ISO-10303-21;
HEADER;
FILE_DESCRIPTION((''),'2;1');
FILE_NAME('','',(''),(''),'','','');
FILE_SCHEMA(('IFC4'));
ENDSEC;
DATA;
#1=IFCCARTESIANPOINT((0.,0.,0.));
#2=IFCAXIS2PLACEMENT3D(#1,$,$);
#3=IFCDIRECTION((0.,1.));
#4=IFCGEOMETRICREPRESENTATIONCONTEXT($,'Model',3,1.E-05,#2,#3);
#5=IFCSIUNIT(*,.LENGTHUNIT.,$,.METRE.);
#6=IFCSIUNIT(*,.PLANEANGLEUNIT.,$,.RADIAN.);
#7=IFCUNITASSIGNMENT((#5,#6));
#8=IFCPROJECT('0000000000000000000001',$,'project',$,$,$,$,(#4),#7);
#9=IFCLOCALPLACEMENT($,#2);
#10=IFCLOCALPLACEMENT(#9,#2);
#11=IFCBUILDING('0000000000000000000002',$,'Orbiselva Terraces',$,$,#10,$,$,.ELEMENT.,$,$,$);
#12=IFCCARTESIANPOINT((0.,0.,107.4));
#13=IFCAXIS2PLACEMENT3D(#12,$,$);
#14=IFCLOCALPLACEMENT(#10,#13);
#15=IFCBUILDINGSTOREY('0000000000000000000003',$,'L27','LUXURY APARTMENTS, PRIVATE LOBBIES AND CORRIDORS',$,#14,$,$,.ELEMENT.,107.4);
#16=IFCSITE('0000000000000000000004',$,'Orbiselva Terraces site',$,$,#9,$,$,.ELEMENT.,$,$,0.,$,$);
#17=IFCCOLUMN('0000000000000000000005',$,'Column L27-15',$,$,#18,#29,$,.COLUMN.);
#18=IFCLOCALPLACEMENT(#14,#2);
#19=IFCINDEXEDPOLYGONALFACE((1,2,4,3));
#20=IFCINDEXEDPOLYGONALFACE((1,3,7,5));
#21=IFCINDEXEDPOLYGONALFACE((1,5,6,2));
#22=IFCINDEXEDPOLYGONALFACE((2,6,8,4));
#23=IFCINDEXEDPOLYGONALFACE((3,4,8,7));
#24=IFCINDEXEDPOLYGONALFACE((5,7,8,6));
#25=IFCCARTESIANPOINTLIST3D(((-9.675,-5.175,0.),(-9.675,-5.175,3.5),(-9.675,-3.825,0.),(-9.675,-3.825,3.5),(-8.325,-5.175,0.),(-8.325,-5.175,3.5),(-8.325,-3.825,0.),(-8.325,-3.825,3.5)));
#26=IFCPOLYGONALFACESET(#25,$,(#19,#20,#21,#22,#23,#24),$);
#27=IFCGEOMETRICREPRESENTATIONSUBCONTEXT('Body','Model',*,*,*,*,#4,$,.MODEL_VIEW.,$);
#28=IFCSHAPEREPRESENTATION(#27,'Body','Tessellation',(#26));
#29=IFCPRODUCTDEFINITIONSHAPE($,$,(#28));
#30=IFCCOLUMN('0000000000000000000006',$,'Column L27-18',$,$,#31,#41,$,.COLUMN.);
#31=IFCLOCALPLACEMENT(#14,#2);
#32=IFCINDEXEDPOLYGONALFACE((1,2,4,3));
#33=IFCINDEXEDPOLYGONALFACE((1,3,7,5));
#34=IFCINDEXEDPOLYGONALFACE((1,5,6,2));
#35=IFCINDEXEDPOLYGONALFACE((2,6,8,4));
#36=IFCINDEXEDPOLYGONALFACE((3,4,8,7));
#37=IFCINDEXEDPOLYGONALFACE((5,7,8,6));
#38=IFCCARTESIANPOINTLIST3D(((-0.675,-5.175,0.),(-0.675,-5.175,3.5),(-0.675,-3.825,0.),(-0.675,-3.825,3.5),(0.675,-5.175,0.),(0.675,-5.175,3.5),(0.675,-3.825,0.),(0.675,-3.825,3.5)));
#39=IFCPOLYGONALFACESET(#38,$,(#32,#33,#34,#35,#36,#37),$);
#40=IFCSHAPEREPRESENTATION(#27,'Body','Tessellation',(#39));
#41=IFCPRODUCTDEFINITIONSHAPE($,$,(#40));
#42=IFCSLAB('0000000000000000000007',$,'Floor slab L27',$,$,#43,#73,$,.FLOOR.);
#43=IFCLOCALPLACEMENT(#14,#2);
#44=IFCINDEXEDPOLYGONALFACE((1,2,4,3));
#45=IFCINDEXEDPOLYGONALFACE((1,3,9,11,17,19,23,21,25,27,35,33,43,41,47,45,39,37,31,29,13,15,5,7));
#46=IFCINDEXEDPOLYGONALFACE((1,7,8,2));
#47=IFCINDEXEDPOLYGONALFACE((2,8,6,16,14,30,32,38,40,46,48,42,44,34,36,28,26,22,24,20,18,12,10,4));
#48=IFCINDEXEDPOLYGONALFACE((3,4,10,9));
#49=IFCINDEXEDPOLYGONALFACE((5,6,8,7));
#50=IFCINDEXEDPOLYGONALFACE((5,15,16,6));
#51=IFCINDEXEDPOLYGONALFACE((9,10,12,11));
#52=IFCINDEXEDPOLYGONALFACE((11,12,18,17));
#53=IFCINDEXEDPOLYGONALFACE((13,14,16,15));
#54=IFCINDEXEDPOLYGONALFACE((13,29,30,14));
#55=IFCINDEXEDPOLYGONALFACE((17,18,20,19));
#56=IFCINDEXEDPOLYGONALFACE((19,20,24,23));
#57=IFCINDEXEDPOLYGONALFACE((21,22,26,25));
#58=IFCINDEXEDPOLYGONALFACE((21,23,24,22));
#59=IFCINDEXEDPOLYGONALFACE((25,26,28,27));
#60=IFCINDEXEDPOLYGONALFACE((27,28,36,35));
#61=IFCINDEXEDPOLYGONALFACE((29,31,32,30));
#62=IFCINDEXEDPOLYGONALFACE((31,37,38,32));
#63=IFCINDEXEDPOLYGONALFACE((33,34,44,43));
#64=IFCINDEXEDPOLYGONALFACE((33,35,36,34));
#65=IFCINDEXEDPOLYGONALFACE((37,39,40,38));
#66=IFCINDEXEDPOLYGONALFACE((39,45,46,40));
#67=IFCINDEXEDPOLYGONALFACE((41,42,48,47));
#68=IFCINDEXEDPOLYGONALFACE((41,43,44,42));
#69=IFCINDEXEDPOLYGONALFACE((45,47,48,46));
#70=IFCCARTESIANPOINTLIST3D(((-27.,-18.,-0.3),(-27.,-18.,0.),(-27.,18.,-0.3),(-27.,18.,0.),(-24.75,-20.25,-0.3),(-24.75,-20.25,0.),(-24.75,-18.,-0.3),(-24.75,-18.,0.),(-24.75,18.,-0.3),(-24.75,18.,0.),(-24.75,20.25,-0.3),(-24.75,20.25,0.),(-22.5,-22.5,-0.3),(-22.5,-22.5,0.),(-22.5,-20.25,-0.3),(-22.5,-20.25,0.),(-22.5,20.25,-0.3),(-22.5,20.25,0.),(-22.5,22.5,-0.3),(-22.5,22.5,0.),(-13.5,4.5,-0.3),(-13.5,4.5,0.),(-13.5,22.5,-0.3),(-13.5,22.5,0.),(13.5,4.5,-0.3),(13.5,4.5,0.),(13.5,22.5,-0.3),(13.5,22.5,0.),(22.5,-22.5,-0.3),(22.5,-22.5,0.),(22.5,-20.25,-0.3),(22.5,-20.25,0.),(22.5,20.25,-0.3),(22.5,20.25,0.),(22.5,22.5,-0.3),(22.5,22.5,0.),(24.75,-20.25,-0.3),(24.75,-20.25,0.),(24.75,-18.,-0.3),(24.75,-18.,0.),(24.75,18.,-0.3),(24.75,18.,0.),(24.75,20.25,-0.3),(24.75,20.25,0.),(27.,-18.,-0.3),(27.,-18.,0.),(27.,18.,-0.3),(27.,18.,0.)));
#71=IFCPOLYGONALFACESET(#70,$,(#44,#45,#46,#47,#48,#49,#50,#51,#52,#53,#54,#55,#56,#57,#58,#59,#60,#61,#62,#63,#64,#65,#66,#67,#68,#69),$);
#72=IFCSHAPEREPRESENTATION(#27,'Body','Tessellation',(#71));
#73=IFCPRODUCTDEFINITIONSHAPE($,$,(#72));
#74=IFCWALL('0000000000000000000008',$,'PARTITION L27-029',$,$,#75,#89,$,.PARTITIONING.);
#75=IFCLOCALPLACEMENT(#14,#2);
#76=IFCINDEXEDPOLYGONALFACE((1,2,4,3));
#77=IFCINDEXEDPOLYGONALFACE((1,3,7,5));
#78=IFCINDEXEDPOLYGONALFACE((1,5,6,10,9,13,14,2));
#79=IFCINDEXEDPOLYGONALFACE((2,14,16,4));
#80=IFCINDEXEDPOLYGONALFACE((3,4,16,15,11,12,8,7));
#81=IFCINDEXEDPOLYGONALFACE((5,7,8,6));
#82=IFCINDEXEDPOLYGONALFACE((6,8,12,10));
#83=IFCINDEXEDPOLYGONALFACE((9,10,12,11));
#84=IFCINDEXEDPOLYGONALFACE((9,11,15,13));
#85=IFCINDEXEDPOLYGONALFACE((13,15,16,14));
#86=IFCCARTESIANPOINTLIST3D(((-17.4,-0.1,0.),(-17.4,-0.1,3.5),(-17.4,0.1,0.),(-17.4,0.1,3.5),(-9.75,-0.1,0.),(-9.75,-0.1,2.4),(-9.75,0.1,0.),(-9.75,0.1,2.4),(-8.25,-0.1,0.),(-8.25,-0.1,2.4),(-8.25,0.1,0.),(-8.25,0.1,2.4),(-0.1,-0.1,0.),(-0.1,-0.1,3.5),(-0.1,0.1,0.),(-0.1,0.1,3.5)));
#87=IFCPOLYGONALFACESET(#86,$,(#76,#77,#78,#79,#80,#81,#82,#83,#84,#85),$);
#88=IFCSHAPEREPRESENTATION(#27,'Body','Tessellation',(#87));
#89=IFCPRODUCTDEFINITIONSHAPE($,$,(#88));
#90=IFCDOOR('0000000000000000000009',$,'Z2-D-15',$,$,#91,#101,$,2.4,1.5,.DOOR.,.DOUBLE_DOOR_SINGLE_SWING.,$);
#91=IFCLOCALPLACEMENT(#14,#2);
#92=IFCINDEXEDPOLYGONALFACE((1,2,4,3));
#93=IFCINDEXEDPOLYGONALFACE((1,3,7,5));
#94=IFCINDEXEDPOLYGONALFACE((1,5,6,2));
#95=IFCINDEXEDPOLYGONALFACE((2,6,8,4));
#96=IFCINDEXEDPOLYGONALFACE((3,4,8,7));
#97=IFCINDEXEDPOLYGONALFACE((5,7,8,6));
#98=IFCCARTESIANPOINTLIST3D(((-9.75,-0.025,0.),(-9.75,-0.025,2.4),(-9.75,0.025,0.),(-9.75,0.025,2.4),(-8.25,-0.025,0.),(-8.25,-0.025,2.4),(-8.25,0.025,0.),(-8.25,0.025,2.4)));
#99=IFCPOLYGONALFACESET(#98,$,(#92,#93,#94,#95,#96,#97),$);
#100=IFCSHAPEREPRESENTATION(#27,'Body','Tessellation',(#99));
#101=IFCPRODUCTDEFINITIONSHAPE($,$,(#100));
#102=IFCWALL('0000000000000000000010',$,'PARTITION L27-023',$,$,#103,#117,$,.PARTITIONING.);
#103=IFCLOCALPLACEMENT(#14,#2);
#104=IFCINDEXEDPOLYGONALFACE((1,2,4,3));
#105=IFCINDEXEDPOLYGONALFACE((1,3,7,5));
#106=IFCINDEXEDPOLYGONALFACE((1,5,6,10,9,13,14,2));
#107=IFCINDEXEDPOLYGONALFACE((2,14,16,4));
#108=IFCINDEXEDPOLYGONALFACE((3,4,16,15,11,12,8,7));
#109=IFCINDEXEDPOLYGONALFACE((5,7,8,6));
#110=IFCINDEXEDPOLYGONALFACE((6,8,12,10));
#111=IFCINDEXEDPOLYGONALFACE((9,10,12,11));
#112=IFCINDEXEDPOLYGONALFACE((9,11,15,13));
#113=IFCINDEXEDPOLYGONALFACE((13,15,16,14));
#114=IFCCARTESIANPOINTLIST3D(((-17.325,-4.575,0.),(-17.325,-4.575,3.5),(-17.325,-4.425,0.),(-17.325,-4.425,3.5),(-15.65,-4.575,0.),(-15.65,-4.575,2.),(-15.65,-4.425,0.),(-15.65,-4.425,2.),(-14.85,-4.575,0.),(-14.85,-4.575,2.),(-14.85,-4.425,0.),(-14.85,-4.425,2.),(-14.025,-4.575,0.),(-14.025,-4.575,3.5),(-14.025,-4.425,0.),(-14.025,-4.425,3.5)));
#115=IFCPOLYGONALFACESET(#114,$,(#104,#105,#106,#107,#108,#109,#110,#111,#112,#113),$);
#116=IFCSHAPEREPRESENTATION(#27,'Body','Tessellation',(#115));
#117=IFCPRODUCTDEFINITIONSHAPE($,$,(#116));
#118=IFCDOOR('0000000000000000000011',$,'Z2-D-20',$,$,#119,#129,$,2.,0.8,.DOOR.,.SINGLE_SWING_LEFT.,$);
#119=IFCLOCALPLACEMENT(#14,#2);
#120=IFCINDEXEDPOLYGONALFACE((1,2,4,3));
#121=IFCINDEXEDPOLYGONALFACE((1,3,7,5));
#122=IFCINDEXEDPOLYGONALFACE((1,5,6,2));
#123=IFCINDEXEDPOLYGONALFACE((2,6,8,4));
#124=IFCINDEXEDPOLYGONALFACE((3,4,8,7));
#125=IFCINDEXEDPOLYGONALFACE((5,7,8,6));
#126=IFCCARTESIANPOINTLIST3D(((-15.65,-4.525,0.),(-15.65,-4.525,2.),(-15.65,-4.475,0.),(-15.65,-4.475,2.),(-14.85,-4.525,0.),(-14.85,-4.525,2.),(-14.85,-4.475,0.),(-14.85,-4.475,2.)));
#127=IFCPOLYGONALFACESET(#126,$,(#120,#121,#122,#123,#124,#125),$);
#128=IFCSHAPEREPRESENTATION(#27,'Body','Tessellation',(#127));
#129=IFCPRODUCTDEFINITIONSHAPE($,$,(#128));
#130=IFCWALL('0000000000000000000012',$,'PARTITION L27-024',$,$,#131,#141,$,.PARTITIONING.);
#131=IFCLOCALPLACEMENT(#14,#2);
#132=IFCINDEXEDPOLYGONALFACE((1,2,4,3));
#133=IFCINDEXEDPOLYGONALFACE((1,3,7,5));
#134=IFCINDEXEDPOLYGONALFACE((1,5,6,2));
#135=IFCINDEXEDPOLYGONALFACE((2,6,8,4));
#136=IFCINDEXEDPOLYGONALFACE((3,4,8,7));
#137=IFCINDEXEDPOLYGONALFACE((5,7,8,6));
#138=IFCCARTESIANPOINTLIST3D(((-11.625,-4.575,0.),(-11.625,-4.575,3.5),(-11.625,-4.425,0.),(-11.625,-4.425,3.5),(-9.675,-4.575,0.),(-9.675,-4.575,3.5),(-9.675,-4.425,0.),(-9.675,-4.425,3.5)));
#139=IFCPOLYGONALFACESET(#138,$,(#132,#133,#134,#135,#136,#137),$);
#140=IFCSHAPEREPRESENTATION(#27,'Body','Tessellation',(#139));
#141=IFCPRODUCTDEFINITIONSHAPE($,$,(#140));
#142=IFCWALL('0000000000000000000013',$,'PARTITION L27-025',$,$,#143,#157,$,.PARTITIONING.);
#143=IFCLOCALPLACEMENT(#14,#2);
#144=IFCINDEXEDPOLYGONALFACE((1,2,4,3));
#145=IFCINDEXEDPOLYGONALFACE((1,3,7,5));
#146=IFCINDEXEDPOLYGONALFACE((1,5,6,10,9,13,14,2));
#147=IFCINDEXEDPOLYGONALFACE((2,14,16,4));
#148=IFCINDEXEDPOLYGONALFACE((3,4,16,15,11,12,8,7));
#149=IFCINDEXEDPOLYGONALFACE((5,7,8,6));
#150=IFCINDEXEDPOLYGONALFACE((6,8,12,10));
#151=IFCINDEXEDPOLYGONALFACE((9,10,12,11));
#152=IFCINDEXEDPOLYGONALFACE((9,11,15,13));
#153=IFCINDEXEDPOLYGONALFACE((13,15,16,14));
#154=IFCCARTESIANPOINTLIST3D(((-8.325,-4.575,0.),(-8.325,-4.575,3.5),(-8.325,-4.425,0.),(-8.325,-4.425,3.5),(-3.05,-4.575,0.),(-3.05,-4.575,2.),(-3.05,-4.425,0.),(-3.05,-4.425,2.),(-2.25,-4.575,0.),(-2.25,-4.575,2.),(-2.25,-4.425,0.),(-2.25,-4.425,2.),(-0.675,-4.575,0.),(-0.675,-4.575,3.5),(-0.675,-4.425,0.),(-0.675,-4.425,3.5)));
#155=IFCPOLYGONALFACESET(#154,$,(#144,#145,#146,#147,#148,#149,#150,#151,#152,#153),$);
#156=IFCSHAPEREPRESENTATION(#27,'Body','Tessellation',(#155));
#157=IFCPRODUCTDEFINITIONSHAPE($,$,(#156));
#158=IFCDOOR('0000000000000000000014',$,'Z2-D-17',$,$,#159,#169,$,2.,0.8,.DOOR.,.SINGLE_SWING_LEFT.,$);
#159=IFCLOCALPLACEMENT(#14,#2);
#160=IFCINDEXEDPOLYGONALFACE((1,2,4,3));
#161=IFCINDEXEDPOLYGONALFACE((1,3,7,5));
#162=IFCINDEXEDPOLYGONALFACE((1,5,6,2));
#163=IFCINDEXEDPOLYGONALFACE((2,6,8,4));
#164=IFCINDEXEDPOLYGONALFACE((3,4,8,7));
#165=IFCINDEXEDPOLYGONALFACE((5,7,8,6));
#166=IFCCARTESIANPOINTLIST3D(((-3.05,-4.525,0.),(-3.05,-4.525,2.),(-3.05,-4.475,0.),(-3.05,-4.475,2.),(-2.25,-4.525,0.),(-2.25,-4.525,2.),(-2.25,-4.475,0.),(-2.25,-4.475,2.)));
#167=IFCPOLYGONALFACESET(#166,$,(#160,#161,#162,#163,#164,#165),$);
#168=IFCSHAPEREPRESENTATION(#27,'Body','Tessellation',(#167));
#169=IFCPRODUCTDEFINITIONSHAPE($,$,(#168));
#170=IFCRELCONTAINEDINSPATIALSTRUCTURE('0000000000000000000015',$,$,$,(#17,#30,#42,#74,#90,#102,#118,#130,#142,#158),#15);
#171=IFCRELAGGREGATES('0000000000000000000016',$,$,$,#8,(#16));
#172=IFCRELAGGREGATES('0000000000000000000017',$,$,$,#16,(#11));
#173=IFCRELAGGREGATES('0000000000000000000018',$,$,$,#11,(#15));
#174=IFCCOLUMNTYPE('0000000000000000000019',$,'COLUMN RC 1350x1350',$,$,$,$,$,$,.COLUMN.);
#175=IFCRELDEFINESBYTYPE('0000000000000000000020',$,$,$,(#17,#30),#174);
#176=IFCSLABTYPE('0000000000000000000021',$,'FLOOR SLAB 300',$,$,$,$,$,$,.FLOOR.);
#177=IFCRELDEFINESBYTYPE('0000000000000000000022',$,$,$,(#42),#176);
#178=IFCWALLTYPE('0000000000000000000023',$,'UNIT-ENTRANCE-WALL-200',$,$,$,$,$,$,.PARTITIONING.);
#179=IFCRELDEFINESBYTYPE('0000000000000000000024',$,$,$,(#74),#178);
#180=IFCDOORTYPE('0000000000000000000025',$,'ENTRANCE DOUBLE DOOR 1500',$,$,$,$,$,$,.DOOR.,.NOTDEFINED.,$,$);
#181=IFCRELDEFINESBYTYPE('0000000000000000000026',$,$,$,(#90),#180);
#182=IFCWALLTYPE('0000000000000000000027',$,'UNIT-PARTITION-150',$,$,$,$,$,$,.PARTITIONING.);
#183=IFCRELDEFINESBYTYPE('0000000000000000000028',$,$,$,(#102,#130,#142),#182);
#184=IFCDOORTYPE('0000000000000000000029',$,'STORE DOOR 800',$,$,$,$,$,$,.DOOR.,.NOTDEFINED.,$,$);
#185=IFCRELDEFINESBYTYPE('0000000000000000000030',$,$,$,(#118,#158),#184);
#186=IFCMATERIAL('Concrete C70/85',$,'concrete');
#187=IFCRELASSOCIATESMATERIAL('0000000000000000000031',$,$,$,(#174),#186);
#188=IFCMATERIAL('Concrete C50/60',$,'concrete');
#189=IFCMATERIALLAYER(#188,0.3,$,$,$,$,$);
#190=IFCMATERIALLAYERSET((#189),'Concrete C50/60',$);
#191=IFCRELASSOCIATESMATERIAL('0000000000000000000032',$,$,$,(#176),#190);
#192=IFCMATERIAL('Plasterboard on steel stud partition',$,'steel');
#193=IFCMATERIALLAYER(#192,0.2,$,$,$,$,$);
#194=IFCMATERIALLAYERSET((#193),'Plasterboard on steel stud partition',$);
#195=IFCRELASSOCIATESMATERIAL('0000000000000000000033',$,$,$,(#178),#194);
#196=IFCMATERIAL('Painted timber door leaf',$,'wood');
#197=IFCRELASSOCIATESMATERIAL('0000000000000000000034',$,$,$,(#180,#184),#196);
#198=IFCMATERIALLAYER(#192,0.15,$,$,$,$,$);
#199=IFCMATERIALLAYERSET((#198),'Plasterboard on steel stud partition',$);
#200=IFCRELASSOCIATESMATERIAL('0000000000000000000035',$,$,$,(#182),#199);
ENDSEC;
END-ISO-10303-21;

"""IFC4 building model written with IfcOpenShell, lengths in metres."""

from ifc_helpers import new_model, si_unit, direction, frame, frame_2d, origin, origin_2d, place, context, subcontext, project, spatial, polyline, rectangle, outline, extrude, material, layer, layer_set, material_profile, profile_set, type_object, element, fill, save


model = new_model("IFC4")

# Units and contexts
model_context = context("Model", 3, precision=1e-05, world=origin(), true_north=direction((0.0, 1.0)))
body_context = subcontext(model_context, "Body", "Model", "MODEL_VIEW")
ifc_project = project(units=[si_unit("LENGTHUNIT", "METRE"), si_unit("PLANEANGLEUNIT", "RADIAN")], contexts=[model_context])

# Site, building, storey
site_placement = place(None, origin())
site = spatial("IfcSite", under=ifc_project, at=site_placement, Name="Orbiselva Terraces site", CompositionType="ELEMENT", RefElevation=0.0)
building_placement = place(site_placement, origin())
building = spatial("IfcBuilding", under=site, at=building_placement, Name="Orbiselva Terraces", CompositionType="ELEMENT")
storey_placement = place(building_placement, frame((0.0, 0.0, 107.4)))
storey = spatial("IfcBuildingStorey", under=building, at=storey_placement, Name="L27", Description="LUXURY APARTMENTS, PRIVATE LOBBIES AND CORRIDORS", CompositionType="ELEMENT", Elevation=107.4)

# Columns
ifc_material_1 = material(Name="Concrete C70/85", Category="concrete")
ifc_material_profile = material_profile(ifc_material_1, rectangle(XDim=1.35, YDim=1.35, at=origin_2d()), Name="RC 1350x1350")
ifc_profile_set = profile_set([ifc_material_profile], Name="Concrete C70/85")
column_type = type_object("IfcColumnType", Name="COLUMN RC 1350x1350", PredefinedType="COLUMN", material=ifc_profile_set)
for number, where, z_axis, x_axis, name in (
    (1, (-9.0, -4.5, 0.0), (0.0, 0.0, 1.0), (1.0, 0.0, 0.0), "Column L27-15"),
    (2, (0.0, -4.5, 0.0), (0.0, 0.0, 1.0), (1.0, 0.0, 0.0), "Column L27-18"),
):
    element("IfcColumn", number, at=place(storey_placement, frame(where, z_axis=z_axis, x_axis=x_axis)), inside=storey, type_object=column_type, Name=name, PredefinedType="COLUMN", context=body_context, shape_type="SweptSolid", body=[
        extrude(rectangle(XDim=1.35, YDim=1.35, at=origin_2d()), origin(), (0.0, 0.0, 1.0), 3.5),
    ])

# Slab
ifc_material_2 = material(Name="Concrete C50/60", Category="concrete")
ifc_layer_1 = layer(ifc_material_2, 0.3)
ifc_layer_set_1 = layer_set([ifc_layer_1], Name="Concrete C50/60")
slab_type = type_object("IfcSlabType", Name="FLOOR SLAB 300", PredefinedType="FLOOR", material=ifc_layer_set_1)
slab_placement = place(storey_placement, frame((0.0, 0.0, -0.3)))
element("IfcSlab", 3, at=slab_placement, inside=storey, type_object=slab_type, Name="Floor slab L27", PredefinedType="FLOOR", context=body_context, shape_type="SweptSolid", body=[
    extrude(outline(polyline([(22.5, 22.5), (22.5, 20.25), (24.75, 20.25), (24.75, 18.0), (27.0, 18.0), (27.0, -18.0), (24.75, -18.0), (24.75, -20.25), (22.5, -20.25), (22.5, -22.5), (-22.5, -22.5), (-22.5, -20.25), (-24.75, -20.25), (-24.75, -18.0), (-27.0, -18.0), (-27.0, 18.0), (-24.75, 18.0), (-24.75, 20.25), (-22.5, 20.25), (-22.5, 22.5), (-13.5, 22.5), (-13.5, 4.5), (13.5, 4.5), (13.5, 22.5), (22.5, 22.5)])), origin(), (0.0, 0.0, 1.0), 0.3),
])

# Walls, openings, doors
ifc_material_3 = material(Name="Plasterboard on steel stud partition", Category="steel")
ifc_layer_2 = layer(ifc_material_3, 0.2)
ifc_layer_set_2 = layer_set([ifc_layer_2], Name="Plasterboard on steel stud partition")
wall_type_1 = type_object("IfcWallType", Name="UNIT-ENTRANCE-WALL-200", PredefinedType="PARTITIONING", material=ifc_layer_set_2)
wall_1_placement = place(storey_placement, frame((-0.1, 0.0, 0.0), z_axis=(0.0, 0.0, 1.0), x_axis=(-1.0, 0.0, 0.0)))
wall_1 = element("IfcWall", 4, at=wall_1_placement, inside=storey, type_object=wall_type_1, Name="PARTITION L27-029", PredefinedType="PARTITIONING", context=body_context, shape_type="SweptSolid", body=[
    extrude(rectangle(XDim=17.3, YDim=0.2, at=frame_2d((8.65, 0.0))), origin(), (0.0, 0.0, 1.0), 3.5),
])
opening_1_placement = place(wall_1_placement, frame((8.15, 0.0, 0.0)))
opening_1 = element("IfcOpeningElement", 5, at=opening_1_placement, cuts=wall_1, PredefinedType="OPENING", context=body_context, shape_type="SweptSolid", body=[
    extrude(rectangle(XDim=1.5, YDim=2.4, at=frame_2d((0.75, 1.2))), frame((0.0, 0.11, 0.0), z_axis=(0.0, -1.0, 0.0), x_axis=(1.0, 0.0, 0.0)), (0.0, 0.0, 1.0), 0.22),
])
ifc_material_4 = material(Name="Painted timber door leaf", Category="wood")
door_type_1 = type_object("IfcDoorType", Name="ENTRANCE DOUBLE DOOR 1500", OperationType="NOTDEFINED", PredefinedType="DOOR", material=ifc_material_4)
door_1_placement = place(opening_1_placement, origin())
door_1 = element("IfcDoor", 6, at=door_1_placement, inside=storey, type_object=door_type_1, Name="Z2-D-15", OperationType="DOUBLE_DOOR_SINGLE_SWING", OverallHeight=2.4, OverallWidth=1.5, PredefinedType="DOOR", context=body_context, shape_type="SweptSolid", body=[
    extrude(rectangle(XDim=1.5, YDim=2.4, at=frame_2d((0.75, 1.2))), frame((0.0, 0.025, 0.0), z_axis=(0.0, -1.0, 0.0), x_axis=(1.0, 0.0, 0.0)), (0.0, 0.0, 1.0), 0.05),
])
fill(opening_1, door_1)
ifc_layer_3 = layer(ifc_material_3, 0.15)
ifc_layer_set_3 = layer_set([ifc_layer_3], Name="Plasterboard on steel stud partition")
wall_type_2 = type_object("IfcWallType", Name="UNIT-PARTITION-150", PredefinedType="PARTITIONING", material=ifc_layer_set_3)
wall_2_placement = place(storey_placement, frame((-14.025, -4.5, 0.0), z_axis=(0.0, 0.0, 1.0), x_axis=(-1.0, 0.0, 0.0)))
wall_2 = element("IfcWall", 7, at=wall_2_placement, inside=storey, type_object=wall_type_2, Name="PARTITION L27-023", PredefinedType="PARTITIONING", context=body_context, shape_type="SweptSolid", body=[
    extrude(rectangle(XDim=3.3, YDim=0.15, at=frame_2d((1.65, 0.0))), origin(), (0.0, 0.0, 1.0), 3.5),
])
opening_2_placement = place(wall_2_placement, frame((0.825, 0.0, 0.0)))
opening_2 = element("IfcOpeningElement", 8, at=opening_2_placement, cuts=wall_2, PredefinedType="OPENING", context=body_context, shape_type="SweptSolid", body=[
    extrude(rectangle(XDim=0.8, YDim=2.0, at=frame_2d((0.4, 1.0))), frame((0.0, 0.085, 0.0), z_axis=(0.0, -1.0, 0.0), x_axis=(1.0, 0.0, 0.0)), (0.0, 0.0, 1.0), 0.17),
])
door_type_2 = type_object("IfcDoorType", Name="STORE DOOR 800", OperationType="NOTDEFINED", PredefinedType="DOOR", material=ifc_material_4)
door_2_placement = place(opening_2_placement, origin())
door_2 = element("IfcDoor", 9, at=door_2_placement, inside=storey, type_object=door_type_2, Name="Z2-D-20", OperationType="SINGLE_SWING_LEFT", OverallHeight=2.0, OverallWidth=0.8, PredefinedType="DOOR", context=body_context, shape_type="SweptSolid", body=[
    extrude(rectangle(XDim=0.8, YDim=2.0, at=frame_2d((0.4, 1.0))), frame((0.0, 0.025, 0.0), z_axis=(0.0, -1.0, 0.0), x_axis=(1.0, 0.0, 0.0)), (0.0, 0.0, 1.0), 0.05),
])
fill(opening_2, door_2)

# Wall
wall_3_placement = place(storey_placement, frame((-11.625, -4.5, 0.0), z_axis=(0.0, 0.0, 1.0), x_axis=(1.0, 0.0, 0.0)))
element("IfcWall", 10, at=wall_3_placement, inside=storey, type_object=wall_type_2, Name="PARTITION L27-024", PredefinedType="PARTITIONING", context=body_context, shape_type="SweptSolid", body=[
    extrude(rectangle(XDim=1.95, YDim=0.15, at=frame_2d((0.975, 0.0))), origin(), (0.0, 0.0, 1.0), 3.5),
])

# Wall, opening, door
wall_4_placement = place(storey_placement, frame((-0.675, -4.5, 0.0), z_axis=(0.0, 0.0, 1.0), x_axis=(-1.0, 0.0, 0.0)))
wall_4 = element("IfcWall", 11, at=wall_4_placement, inside=storey, type_object=wall_type_2, Name="PARTITION L27-025", PredefinedType="PARTITIONING", context=body_context, shape_type="SweptSolid", body=[
    extrude(rectangle(XDim=7.65, YDim=0.15, at=frame_2d((3.825, 0.0))), origin(), (0.0, 0.0, 1.0), 3.5),
])
opening_3_placement = place(wall_4_placement, frame((1.575, 0.0, 0.0)))
opening_3 = element("IfcOpeningElement", 12, at=opening_3_placement, cuts=wall_4, PredefinedType="OPENING", context=body_context, shape_type="SweptSolid", body=[
    extrude(rectangle(XDim=0.8, YDim=2.0, at=frame_2d((0.4, 1.0))), frame((0.0, 0.085, 0.0), z_axis=(0.0, -1.0, 0.0), x_axis=(1.0, 0.0, 0.0)), (0.0, 0.0, 1.0), 0.17),
])
door_3_placement = place(opening_3_placement, origin())
door_3 = element("IfcDoor", 13, at=door_3_placement, inside=storey, type_object=door_type_2, Name="Z2-D-17", OperationType="SINGLE_SWING_LEFT", OverallHeight=2.0, OverallWidth=0.8, PredefinedType="DOOR", context=body_context, shape_type="SweptSolid", body=[
    extrude(rectangle(XDim=0.8, YDim=2.0, at=frame_2d((0.4, 1.0))), frame((0.0, 0.025, 0.0), z_axis=(0.0, -1.0, 0.0), x_axis=(1.0, 0.0, 0.0)), (0.0, 0.0, 1.0), 0.05),
])
fill(opening_3, door_3)

save(model, "model.ifc")
